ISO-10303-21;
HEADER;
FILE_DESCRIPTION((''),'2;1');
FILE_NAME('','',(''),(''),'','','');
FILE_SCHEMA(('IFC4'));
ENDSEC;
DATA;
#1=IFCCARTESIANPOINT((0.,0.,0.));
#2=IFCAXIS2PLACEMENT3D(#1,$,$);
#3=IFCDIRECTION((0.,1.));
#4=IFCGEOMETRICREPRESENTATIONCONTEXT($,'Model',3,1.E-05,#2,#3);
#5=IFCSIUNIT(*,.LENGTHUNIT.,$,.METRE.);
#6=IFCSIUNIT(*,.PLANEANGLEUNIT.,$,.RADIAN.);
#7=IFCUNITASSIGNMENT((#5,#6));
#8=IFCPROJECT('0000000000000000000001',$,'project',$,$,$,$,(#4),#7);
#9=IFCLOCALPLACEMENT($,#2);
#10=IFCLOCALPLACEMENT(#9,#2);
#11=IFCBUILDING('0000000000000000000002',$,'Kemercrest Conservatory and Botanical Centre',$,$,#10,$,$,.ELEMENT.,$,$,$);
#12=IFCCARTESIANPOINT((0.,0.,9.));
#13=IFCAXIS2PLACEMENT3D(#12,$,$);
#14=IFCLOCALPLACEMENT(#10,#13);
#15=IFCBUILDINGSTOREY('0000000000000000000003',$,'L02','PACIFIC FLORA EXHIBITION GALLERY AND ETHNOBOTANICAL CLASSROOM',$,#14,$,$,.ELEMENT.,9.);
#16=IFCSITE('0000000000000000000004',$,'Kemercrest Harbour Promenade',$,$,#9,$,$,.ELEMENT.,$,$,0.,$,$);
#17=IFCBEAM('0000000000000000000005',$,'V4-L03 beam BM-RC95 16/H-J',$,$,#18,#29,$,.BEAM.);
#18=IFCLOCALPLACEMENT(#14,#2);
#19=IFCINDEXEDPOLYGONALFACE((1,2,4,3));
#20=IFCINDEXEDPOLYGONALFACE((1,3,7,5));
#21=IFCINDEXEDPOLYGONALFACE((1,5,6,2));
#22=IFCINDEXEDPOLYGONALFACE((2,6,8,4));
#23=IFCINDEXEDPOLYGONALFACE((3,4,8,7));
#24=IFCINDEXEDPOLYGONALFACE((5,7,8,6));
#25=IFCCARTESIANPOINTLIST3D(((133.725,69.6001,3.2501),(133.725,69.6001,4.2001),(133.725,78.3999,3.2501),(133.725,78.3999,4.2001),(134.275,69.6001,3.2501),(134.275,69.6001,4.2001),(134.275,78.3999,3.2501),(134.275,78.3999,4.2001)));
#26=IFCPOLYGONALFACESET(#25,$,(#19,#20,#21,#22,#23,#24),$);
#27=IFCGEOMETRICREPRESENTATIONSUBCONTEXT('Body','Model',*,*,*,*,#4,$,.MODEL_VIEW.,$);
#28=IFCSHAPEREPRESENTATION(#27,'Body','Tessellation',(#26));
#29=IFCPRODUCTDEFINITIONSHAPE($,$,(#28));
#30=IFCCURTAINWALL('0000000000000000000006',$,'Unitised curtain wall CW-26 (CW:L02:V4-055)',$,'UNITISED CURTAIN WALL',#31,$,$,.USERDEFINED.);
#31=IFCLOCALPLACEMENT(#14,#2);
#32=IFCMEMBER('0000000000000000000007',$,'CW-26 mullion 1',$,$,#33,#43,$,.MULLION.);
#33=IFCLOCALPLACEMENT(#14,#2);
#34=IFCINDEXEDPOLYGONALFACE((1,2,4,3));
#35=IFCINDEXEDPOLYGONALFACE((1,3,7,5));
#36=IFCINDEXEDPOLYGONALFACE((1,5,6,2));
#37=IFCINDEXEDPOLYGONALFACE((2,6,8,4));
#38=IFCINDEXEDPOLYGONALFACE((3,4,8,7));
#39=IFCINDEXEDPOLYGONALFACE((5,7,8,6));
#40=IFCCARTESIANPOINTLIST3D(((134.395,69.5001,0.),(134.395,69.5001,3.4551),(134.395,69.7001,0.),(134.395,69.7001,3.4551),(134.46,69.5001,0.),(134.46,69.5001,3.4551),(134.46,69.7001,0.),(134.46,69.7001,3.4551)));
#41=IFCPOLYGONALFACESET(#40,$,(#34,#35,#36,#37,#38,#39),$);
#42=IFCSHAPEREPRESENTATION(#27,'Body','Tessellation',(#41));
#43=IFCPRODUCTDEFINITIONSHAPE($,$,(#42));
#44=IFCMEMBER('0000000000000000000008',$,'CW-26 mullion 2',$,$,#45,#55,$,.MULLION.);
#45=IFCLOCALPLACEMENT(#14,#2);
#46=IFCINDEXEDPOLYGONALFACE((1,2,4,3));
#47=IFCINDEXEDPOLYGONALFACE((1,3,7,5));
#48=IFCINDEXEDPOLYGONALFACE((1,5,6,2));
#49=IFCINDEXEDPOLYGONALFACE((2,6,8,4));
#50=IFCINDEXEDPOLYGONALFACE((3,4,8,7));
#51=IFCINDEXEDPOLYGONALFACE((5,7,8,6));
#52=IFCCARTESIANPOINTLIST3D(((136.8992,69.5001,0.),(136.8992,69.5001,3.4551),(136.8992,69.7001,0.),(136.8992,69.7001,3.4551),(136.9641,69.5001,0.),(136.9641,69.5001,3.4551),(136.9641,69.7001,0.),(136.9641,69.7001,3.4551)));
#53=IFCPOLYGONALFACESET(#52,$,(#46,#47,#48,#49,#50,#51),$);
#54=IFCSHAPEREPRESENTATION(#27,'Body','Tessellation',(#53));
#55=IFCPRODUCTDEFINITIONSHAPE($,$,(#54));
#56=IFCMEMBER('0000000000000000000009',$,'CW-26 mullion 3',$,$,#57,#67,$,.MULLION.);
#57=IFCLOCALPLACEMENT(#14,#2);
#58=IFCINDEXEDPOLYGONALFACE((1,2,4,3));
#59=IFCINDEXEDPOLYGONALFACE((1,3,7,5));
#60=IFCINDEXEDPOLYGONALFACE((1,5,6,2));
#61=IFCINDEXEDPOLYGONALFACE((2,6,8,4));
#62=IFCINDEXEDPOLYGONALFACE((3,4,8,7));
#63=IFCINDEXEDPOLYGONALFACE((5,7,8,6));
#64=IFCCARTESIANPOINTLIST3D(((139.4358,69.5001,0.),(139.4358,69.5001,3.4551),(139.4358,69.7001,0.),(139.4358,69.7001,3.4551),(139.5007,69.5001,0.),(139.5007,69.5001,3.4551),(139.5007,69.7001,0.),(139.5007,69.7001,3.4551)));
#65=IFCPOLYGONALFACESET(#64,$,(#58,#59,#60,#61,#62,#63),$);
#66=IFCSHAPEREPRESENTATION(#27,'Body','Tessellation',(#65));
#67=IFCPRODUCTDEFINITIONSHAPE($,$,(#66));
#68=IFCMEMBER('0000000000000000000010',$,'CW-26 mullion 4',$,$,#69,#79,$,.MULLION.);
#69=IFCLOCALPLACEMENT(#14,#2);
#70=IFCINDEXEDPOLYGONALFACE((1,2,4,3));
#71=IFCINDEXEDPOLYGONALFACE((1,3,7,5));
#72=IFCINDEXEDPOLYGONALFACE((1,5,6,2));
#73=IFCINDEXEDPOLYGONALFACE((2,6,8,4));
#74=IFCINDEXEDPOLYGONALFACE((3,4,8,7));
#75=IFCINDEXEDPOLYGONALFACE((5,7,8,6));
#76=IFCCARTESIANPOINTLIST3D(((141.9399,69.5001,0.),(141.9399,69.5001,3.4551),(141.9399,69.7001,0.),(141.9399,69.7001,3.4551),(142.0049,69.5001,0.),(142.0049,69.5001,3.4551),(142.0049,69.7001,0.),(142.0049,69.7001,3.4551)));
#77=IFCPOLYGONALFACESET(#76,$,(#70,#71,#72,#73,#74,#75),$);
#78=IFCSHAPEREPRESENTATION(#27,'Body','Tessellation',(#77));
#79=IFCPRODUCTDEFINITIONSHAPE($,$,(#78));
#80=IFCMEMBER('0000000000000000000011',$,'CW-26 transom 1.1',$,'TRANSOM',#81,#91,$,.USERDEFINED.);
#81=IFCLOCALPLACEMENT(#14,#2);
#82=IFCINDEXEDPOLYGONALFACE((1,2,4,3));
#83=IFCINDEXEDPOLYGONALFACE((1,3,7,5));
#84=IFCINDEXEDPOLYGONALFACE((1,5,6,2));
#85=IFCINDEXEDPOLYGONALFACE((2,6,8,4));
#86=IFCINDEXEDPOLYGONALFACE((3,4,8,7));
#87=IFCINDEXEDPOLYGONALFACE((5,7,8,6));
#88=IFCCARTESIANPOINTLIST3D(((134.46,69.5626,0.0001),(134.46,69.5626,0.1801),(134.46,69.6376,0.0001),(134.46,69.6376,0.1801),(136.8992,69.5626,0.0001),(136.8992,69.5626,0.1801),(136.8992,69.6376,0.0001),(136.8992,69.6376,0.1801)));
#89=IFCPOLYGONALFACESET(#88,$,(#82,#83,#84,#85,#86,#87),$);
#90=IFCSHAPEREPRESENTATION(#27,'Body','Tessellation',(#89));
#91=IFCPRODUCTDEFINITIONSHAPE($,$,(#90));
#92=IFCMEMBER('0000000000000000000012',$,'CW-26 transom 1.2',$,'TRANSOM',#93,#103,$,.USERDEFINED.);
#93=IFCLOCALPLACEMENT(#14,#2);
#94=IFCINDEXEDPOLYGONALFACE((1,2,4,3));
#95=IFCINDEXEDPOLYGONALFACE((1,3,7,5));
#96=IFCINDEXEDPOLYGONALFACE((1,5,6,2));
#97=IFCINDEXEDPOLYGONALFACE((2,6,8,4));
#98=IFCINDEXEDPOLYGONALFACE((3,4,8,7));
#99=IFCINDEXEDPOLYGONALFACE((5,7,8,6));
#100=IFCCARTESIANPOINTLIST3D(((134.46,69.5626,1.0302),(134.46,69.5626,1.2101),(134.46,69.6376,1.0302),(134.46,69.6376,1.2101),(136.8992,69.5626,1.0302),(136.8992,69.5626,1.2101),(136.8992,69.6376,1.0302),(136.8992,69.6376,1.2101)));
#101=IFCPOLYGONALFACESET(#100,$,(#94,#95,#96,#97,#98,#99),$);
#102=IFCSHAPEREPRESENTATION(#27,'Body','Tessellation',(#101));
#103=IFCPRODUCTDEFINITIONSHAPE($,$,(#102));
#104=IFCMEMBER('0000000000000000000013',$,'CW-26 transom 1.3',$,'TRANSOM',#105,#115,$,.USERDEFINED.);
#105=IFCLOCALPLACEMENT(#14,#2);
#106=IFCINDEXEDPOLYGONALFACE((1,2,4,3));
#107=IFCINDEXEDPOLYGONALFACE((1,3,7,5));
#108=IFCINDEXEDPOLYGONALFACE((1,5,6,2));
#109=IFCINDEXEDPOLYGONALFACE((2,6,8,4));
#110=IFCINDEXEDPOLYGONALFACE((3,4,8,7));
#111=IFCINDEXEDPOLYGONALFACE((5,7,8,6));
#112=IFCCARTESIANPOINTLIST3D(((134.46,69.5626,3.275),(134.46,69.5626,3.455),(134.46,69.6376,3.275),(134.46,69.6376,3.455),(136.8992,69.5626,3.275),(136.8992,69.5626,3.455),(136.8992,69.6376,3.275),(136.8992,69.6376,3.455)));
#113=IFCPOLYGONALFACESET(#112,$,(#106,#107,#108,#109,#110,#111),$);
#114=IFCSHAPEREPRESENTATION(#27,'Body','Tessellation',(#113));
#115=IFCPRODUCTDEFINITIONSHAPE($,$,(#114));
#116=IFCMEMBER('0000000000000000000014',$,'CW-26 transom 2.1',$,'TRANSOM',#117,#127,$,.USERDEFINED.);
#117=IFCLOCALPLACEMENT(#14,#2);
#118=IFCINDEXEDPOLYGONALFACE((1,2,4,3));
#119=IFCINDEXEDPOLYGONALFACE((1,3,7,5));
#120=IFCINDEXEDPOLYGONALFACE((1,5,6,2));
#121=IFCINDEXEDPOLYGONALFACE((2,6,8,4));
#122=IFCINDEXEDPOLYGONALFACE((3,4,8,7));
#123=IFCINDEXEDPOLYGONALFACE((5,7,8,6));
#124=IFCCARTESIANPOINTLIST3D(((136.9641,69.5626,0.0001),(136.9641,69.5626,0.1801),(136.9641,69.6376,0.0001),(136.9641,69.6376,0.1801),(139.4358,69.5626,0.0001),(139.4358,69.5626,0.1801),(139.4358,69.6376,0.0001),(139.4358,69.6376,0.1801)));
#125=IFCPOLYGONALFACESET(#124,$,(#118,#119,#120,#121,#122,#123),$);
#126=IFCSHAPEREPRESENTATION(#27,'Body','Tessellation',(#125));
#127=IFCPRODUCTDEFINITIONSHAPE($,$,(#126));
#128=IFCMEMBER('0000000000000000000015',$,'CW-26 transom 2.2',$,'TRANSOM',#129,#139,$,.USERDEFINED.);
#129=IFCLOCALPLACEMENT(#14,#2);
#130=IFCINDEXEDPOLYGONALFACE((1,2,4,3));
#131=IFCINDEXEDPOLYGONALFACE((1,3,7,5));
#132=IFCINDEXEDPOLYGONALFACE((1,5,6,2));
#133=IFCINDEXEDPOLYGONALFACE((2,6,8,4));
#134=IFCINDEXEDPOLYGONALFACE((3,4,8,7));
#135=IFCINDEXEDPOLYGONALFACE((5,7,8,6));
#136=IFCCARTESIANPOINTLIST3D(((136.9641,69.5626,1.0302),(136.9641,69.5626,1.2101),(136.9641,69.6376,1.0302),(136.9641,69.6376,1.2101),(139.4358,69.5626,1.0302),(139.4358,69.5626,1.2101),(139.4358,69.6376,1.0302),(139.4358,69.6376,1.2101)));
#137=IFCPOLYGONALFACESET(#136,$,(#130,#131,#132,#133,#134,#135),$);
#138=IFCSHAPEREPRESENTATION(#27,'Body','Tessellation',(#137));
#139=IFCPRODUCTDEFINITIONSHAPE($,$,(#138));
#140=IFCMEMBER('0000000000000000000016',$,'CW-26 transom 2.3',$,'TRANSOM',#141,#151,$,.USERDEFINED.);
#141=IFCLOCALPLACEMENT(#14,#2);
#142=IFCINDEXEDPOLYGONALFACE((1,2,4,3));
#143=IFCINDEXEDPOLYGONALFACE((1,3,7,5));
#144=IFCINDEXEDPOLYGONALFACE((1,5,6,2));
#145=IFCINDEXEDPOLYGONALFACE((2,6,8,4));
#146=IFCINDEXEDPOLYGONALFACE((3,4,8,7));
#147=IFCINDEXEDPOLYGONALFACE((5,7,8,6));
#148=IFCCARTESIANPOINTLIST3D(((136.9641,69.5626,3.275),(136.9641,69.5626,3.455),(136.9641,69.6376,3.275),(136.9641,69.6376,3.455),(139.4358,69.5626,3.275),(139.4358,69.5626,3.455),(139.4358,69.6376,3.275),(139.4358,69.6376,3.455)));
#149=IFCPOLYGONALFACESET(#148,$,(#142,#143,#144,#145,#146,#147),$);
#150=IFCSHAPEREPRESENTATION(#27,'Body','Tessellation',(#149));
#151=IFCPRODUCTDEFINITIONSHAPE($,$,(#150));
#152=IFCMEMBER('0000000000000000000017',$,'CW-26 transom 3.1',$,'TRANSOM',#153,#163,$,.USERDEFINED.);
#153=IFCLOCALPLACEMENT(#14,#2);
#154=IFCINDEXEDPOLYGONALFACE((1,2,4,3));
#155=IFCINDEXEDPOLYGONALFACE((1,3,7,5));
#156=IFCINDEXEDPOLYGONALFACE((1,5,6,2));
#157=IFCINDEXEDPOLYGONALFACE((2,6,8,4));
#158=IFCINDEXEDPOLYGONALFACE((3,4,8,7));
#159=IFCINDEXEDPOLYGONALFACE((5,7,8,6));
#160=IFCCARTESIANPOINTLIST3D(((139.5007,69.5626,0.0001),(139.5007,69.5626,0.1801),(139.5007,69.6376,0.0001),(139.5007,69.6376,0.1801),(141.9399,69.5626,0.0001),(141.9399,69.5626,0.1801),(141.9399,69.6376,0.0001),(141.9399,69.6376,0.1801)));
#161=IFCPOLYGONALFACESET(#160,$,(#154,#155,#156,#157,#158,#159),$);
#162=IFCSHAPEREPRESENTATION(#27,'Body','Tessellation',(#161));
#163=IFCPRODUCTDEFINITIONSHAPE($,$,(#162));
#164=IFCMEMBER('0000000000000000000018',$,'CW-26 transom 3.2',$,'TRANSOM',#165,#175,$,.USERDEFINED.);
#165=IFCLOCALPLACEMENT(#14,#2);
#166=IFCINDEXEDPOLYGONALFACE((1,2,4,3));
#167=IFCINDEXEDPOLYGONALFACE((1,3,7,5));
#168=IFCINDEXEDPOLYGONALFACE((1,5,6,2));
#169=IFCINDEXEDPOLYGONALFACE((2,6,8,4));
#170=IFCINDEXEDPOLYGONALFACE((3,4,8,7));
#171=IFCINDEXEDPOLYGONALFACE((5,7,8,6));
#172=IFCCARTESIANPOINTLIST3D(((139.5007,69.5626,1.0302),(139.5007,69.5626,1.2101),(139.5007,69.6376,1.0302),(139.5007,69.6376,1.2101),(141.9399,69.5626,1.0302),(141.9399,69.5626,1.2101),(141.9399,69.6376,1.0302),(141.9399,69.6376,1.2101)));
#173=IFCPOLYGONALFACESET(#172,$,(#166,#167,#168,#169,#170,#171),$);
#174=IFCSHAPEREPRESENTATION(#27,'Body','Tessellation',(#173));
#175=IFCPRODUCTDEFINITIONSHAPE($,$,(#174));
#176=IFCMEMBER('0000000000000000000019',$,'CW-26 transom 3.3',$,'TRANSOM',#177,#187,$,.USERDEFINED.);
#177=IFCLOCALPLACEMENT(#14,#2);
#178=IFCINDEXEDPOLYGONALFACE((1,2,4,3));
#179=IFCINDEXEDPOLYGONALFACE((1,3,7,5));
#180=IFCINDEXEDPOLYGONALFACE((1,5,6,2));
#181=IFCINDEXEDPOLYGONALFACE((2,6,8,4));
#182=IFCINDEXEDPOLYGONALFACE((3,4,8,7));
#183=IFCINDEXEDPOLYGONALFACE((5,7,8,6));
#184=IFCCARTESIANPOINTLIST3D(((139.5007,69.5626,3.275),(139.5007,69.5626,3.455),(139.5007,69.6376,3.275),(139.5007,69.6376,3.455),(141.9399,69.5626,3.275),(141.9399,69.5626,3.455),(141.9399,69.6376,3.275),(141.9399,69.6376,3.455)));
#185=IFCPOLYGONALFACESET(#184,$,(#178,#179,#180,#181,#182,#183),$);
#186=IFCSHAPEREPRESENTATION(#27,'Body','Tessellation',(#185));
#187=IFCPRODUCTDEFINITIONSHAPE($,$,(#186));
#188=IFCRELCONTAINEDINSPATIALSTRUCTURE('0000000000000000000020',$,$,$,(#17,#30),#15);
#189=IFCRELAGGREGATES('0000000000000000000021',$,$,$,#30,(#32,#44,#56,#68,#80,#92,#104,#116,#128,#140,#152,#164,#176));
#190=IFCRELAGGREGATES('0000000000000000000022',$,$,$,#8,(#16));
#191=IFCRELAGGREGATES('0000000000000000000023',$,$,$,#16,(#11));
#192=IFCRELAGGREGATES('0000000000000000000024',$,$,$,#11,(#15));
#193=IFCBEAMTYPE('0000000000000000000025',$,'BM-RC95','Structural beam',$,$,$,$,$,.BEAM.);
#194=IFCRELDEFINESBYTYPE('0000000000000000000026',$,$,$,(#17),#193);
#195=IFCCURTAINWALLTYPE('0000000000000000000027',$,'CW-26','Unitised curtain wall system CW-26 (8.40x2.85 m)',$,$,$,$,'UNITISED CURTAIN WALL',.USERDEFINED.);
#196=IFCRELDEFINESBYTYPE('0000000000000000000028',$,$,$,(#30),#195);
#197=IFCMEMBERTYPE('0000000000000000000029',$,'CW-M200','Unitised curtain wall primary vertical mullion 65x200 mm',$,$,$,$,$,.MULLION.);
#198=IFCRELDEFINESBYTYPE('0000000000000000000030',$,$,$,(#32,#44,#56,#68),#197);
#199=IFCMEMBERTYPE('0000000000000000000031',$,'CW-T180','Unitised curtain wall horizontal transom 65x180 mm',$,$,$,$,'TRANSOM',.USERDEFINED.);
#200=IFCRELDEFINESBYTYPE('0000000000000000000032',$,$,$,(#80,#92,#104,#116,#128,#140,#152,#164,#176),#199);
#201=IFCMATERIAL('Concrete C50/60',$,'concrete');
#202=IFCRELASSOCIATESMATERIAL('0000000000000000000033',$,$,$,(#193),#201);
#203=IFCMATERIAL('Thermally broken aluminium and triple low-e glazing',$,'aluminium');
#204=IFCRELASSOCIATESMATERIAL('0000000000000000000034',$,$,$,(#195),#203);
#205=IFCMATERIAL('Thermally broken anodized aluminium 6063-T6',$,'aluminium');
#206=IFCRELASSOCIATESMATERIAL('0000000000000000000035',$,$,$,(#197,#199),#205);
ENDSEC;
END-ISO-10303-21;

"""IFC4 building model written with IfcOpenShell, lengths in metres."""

from ifc_helpers import new_model, si_unit, direction, frame, origin, origin_2d, place, context, subcontext, project, spatial, rectangle, extrude, material, material_profile, profile_set, type_object, element, aggregate, save


model = new_model("IFC4")

# Units and contexts
model_context = context("Model", 3, precision=1e-05, world=origin(), true_north=direction((0.0, 1.0)))
body_context = subcontext(model_context, "Body", "Model", "MODEL_VIEW")
ifc_project = project(units=[si_unit("LENGTHUNIT", "METRE"), si_unit("PLANEANGLEUNIT", "RADIAN")], contexts=[model_context])

# Site, building, storey
site_placement = place(None, origin())
site = spatial("IfcSite", under=ifc_project, at=site_placement, Name="Kemercrest Harbour Promenade", CompositionType="ELEMENT", RefElevation=0.0)
building_placement = place(site_placement, origin())
building = spatial("IfcBuilding", under=site, at=building_placement, Name="Kemercrest Conservatory and Botanical Centre", CompositionType="ELEMENT")
storey_placement = place(building_placement, frame((0.0, 0.0, 9.0)))
storey = spatial("IfcBuildingStorey", under=building, at=storey_placement, Name="L02", Description="PACIFIC FLORA EXHIBITION GALLERY AND ETHNOBOTANICAL CLASSROOM", CompositionType="ELEMENT", Elevation=9.0)

# Beam
ifc_material_1 = material(Name="Concrete C50/60", Category="concrete")
ifc_material_profile_1 = material_profile(ifc_material_1, rectangle(XDim=0.55, YDim=0.95, at=origin_2d()), Name="RC 550x950")
ifc_profile_set_1 = profile_set([ifc_material_profile_1], Name="Concrete C50/60")
beam_type = type_object("IfcBeamType", Name="BM-RC95", Description="Structural beam", PredefinedType="BEAM", material=ifc_profile_set_1)
beam_placement = place(storey_placement, frame((134.0, 69.6001, 3.7251), z_axis=(0.0, 1.0, 0.0), x_axis=(-1.0, 0.0, 0.0)))
element("IfcBeam", 1, at=beam_placement, inside=storey, type_object=beam_type, Name="V4-L03 beam BM-RC95 16/H-J", PredefinedType="BEAM", context=body_context, shape_type="SweptSolid", body=[
    extrude(rectangle(XDim=0.55, YDim=0.95, at=origin_2d()), origin(), (0.0, 0.0, 1.0), 8.7998),
])

# Curtain wall, members
ifc_material_2 = material(Name="Thermally broken aluminium and triple low-e glazing", Category="aluminium")
curtain_wall_type = type_object("IfcCurtainWallType", Name="CW-26", Description="Unitised curtain wall system CW-26 (8.40x2.85 m)", ElementType="UNITISED CURTAIN WALL", PredefinedType="USERDEFINED", material=ifc_material_2)
curtain_wall_placement = place(storey_placement, origin())
curtain_wall = element("IfcCurtainWall", 2, at=curtain_wall_placement, inside=storey, type_object=curtain_wall_type, Name="Unitised curtain wall CW-26 (CW:L02:V4-055)", ObjectType="UNITISED CURTAIN WALL", PredefinedType="USERDEFINED")
ifc_material_3 = material(Name="Thermally broken anodized aluminium 6063-T6", Category="aluminium")
ifc_material_profile_2 = material_profile(ifc_material_3, rectangle(XDim=0.2, YDim=0.0649, at=origin_2d()), Name="AL MULLION 65x200")
ifc_profile_set_2 = profile_set([ifc_material_profile_2], Name="Thermally broken anodized aluminium 6063-T6")
member_type_1 = type_object("IfcMemberType", Name="CW-M200", Description="Unitised curtain wall primary vertical mullion 65x200 mm", PredefinedType="MULLION", material=ifc_profile_set_2)
member_1_placement = place(storey_placement, frame((134.4275, 69.6001, 0.0), z_axis=(0.0, 0.0, 1.0), x_axis=(0.0, 1.0, 0.0)))
member_1 = element("IfcMember", 3, at=member_1_placement, type_object=member_type_1, Name="CW-26 mullion 1", PredefinedType="MULLION", context=body_context, shape_type="SweptSolid", body=[
    extrude(rectangle(XDim=0.2, YDim=0.0649, at=origin_2d()), origin(), (0.0, 0.0, 1.0), 3.4551),
])
member_2_placement = place(storey_placement, frame((136.9316, 69.6001, 0.0), z_axis=(0.0, 0.0, 1.0), x_axis=(0.0, 1.0, 0.0)))
member_2 = element("IfcMember", 4, at=member_2_placement, type_object=member_type_1, Name="CW-26 mullion 2", PredefinedType="MULLION", context=body_context, shape_type="SweptSolid", body=[
    extrude(rectangle(XDim=0.2, YDim=0.0649, at=origin_2d()), origin(), (0.0, 0.0, 1.0), 3.4551),
])
member_3_placement = place(storey_placement, frame((139.4683, 69.6001, 0.0), z_axis=(0.0, 0.0, 1.0), x_axis=(0.0, 1.0, 0.0)))
member_3 = element("IfcMember", 5, at=member_3_placement, type_object=member_type_1, Name="CW-26 mullion 3", PredefinedType="MULLION", context=body_context, shape_type="SweptSolid", body=[
    extrude(rectangle(XDim=0.2, YDim=0.0649, at=origin_2d()), origin(), (0.0, 0.0, 1.0), 3.4551),
])
member_4_placement = place(storey_placement, frame((141.9724, 69.6001, 0.0), z_axis=(0.0, 0.0, 1.0), x_axis=(0.0, 1.0, 0.0)))
member_4 = element("IfcMember", 6, at=member_4_placement, type_object=member_type_1, Name="CW-26 mullion 4", PredefinedType="MULLION", context=body_context, shape_type="SweptSolid", body=[
    extrude(rectangle(XDim=0.2, YDim=0.0649, at=origin_2d()), origin(), (0.0, 0.0, 1.0), 3.4551),
])
ifc_material_profile_3 = material_profile(ifc_material_3, rectangle(XDim=0.075, YDim=0.1799, at=origin_2d()), Name="AL TRANSOM 75x180")
ifc_profile_set_3 = profile_set([ifc_material_profile_3], Name="Thermally broken anodized aluminium 6063-T6")
member_type_2 = type_object("IfcMemberType", Name="CW-T180", Description="Unitised curtain wall horizontal transom 65x180 mm", ElementType="TRANSOM", PredefinedType="USERDEFINED", material=ifc_profile_set_3)
member_5_placement = place(storey_placement, frame((134.46, 69.6001, 0.0901), z_axis=(1.0, 0.0, 0.0), x_axis=(0.0, 1.0, 0.0)))
member_5 = element("IfcMember", 7, at=member_5_placement, type_object=member_type_2, Name="CW-26 transom 1.1", ObjectType="TRANSOM", PredefinedType="USERDEFINED", context=body_context, shape_type="SweptSolid", body=[
    extrude(rectangle(XDim=0.075, YDim=0.1799, at=origin_2d()), origin(), (0.0, 0.0, 1.0), 2.4392),
])
member_6_placement = place(storey_placement, frame((134.46, 69.6001, 1.1201), z_axis=(1.0, 0.0, 0.0), x_axis=(0.0, 1.0, 0.0)))
member_6 = element("IfcMember", 8, at=member_6_placement, type_object=member_type_2, Name="CW-26 transom 1.2", ObjectType="TRANSOM", PredefinedType="USERDEFINED", context=body_context, shape_type="SweptSolid", body=[
    extrude(rectangle(XDim=0.075, YDim=0.1799, at=origin_2d()), origin(), (0.0, 0.0, 1.0), 2.4392),
])
member_7_placement = place(storey_placement, frame((134.46, 69.6001, 3.365), z_axis=(1.0, 0.0, 0.0), x_axis=(0.0, 1.0, 0.0)))
member_7 = element("IfcMember", 9, at=member_7_placement, type_object=member_type_2, Name="CW-26 transom 1.3", ObjectType="TRANSOM", PredefinedType="USERDEFINED", context=body_context, shape_type="SweptSolid", body=[
    extrude(rectangle(XDim=0.075, YDim=0.1799, at=origin_2d()), origin(), (0.0, 0.0, 1.0), 2.4392),
])
member_8_placement = place(storey_placement, frame((136.9641, 69.6001, 0.0901), z_axis=(1.0, 0.0, 0.0), x_axis=(0.0, 1.0, 0.0)))
member_8 = element("IfcMember", 10, at=member_8_placement, type_object=member_type_2, Name="CW-26 transom 2.1", ObjectType="TRANSOM", PredefinedType="USERDEFINED", context=body_context, shape_type="SweptSolid", body=[
    extrude(rectangle(XDim=0.075, YDim=0.1799, at=origin_2d()), origin(), (0.0, 0.0, 1.0), 2.4717),
])
member_9_placement = place(storey_placement, frame((136.9641, 69.6001, 1.1201), z_axis=(1.0, 0.0, 0.0), x_axis=(0.0, 1.0, 0.0)))
member_9 = element("IfcMember", 11, at=member_9_placement, type_object=member_type_2, Name="CW-26 transom 2.2", ObjectType="TRANSOM", PredefinedType="USERDEFINED", context=body_context, shape_type="SweptSolid", body=[
    extrude(rectangle(XDim=0.075, YDim=0.1799, at=origin_2d()), origin(), (0.0, 0.0, 1.0), 2.4717),
])
member_10_placement = place(storey_placement, frame((136.9641, 69.6001, 3.365), z_axis=(1.0, 0.0, 0.0), x_axis=(0.0, 1.0, 0.0)))
member_10 = element("IfcMember", 12, at=member_10_placement, type_object=member_type_2, Name="CW-26 transom 2.3", ObjectType="TRANSOM", PredefinedType="USERDEFINED", context=body_context, shape_type="SweptSolid", body=[
    extrude(rectangle(XDim=0.075, YDim=0.1799, at=origin_2d()), origin(), (0.0, 0.0, 1.0), 2.4717),
])
member_11_placement = place(storey_placement, frame((139.5007, 69.6001, 0.0901), z_axis=(1.0, 0.0, 0.0), x_axis=(0.0, 1.0, 0.0)))
member_11 = element("IfcMember", 13, at=member_11_placement, type_object=member_type_2, Name="CW-26 transom 3.1", ObjectType="TRANSOM", PredefinedType="USERDEFINED", context=body_context, shape_type="SweptSolid", body=[
    extrude(rectangle(XDim=0.075, YDim=0.1799, at=origin_2d()), origin(), (0.0, 0.0, 1.0), 2.4392),
])
member_12_placement = place(storey_placement, frame((139.5007, 69.6001, 1.1201), z_axis=(1.0, 0.0, 0.0), x_axis=(0.0, 1.0, 0.0)))
member_12 = element("IfcMember", 14, at=member_12_placement, type_object=member_type_2, Name="CW-26 transom 3.2", ObjectType="TRANSOM", PredefinedType="USERDEFINED", context=body_context, shape_type="SweptSolid", body=[
    extrude(rectangle(XDim=0.075, YDim=0.1799, at=origin_2d()), origin(), (0.0, 0.0, 1.0), 2.4392),
])
member_13_placement = place(storey_placement, frame((139.5007, 69.6001, 3.365), z_axis=(1.0, 0.0, 0.0), x_axis=(0.0, 1.0, 0.0)))
member_13 = element("IfcMember", 15, at=member_13_placement, type_object=member_type_2, Name="CW-26 transom 3.3", ObjectType="TRANSOM", PredefinedType="USERDEFINED", context=body_context, shape_type="SweptSolid", body=[
    extrude(rectangle(XDim=0.075, YDim=0.1799, at=origin_2d()), origin(), (0.0, 0.0, 1.0), 2.4392),
])
aggregate(curtain_wall, [member_1, member_2, member_3, member_4, member_5, member_6, member_7, member_8, member_9, member_10, member_11, member_12, member_13])

save(model, "model.ifc")
